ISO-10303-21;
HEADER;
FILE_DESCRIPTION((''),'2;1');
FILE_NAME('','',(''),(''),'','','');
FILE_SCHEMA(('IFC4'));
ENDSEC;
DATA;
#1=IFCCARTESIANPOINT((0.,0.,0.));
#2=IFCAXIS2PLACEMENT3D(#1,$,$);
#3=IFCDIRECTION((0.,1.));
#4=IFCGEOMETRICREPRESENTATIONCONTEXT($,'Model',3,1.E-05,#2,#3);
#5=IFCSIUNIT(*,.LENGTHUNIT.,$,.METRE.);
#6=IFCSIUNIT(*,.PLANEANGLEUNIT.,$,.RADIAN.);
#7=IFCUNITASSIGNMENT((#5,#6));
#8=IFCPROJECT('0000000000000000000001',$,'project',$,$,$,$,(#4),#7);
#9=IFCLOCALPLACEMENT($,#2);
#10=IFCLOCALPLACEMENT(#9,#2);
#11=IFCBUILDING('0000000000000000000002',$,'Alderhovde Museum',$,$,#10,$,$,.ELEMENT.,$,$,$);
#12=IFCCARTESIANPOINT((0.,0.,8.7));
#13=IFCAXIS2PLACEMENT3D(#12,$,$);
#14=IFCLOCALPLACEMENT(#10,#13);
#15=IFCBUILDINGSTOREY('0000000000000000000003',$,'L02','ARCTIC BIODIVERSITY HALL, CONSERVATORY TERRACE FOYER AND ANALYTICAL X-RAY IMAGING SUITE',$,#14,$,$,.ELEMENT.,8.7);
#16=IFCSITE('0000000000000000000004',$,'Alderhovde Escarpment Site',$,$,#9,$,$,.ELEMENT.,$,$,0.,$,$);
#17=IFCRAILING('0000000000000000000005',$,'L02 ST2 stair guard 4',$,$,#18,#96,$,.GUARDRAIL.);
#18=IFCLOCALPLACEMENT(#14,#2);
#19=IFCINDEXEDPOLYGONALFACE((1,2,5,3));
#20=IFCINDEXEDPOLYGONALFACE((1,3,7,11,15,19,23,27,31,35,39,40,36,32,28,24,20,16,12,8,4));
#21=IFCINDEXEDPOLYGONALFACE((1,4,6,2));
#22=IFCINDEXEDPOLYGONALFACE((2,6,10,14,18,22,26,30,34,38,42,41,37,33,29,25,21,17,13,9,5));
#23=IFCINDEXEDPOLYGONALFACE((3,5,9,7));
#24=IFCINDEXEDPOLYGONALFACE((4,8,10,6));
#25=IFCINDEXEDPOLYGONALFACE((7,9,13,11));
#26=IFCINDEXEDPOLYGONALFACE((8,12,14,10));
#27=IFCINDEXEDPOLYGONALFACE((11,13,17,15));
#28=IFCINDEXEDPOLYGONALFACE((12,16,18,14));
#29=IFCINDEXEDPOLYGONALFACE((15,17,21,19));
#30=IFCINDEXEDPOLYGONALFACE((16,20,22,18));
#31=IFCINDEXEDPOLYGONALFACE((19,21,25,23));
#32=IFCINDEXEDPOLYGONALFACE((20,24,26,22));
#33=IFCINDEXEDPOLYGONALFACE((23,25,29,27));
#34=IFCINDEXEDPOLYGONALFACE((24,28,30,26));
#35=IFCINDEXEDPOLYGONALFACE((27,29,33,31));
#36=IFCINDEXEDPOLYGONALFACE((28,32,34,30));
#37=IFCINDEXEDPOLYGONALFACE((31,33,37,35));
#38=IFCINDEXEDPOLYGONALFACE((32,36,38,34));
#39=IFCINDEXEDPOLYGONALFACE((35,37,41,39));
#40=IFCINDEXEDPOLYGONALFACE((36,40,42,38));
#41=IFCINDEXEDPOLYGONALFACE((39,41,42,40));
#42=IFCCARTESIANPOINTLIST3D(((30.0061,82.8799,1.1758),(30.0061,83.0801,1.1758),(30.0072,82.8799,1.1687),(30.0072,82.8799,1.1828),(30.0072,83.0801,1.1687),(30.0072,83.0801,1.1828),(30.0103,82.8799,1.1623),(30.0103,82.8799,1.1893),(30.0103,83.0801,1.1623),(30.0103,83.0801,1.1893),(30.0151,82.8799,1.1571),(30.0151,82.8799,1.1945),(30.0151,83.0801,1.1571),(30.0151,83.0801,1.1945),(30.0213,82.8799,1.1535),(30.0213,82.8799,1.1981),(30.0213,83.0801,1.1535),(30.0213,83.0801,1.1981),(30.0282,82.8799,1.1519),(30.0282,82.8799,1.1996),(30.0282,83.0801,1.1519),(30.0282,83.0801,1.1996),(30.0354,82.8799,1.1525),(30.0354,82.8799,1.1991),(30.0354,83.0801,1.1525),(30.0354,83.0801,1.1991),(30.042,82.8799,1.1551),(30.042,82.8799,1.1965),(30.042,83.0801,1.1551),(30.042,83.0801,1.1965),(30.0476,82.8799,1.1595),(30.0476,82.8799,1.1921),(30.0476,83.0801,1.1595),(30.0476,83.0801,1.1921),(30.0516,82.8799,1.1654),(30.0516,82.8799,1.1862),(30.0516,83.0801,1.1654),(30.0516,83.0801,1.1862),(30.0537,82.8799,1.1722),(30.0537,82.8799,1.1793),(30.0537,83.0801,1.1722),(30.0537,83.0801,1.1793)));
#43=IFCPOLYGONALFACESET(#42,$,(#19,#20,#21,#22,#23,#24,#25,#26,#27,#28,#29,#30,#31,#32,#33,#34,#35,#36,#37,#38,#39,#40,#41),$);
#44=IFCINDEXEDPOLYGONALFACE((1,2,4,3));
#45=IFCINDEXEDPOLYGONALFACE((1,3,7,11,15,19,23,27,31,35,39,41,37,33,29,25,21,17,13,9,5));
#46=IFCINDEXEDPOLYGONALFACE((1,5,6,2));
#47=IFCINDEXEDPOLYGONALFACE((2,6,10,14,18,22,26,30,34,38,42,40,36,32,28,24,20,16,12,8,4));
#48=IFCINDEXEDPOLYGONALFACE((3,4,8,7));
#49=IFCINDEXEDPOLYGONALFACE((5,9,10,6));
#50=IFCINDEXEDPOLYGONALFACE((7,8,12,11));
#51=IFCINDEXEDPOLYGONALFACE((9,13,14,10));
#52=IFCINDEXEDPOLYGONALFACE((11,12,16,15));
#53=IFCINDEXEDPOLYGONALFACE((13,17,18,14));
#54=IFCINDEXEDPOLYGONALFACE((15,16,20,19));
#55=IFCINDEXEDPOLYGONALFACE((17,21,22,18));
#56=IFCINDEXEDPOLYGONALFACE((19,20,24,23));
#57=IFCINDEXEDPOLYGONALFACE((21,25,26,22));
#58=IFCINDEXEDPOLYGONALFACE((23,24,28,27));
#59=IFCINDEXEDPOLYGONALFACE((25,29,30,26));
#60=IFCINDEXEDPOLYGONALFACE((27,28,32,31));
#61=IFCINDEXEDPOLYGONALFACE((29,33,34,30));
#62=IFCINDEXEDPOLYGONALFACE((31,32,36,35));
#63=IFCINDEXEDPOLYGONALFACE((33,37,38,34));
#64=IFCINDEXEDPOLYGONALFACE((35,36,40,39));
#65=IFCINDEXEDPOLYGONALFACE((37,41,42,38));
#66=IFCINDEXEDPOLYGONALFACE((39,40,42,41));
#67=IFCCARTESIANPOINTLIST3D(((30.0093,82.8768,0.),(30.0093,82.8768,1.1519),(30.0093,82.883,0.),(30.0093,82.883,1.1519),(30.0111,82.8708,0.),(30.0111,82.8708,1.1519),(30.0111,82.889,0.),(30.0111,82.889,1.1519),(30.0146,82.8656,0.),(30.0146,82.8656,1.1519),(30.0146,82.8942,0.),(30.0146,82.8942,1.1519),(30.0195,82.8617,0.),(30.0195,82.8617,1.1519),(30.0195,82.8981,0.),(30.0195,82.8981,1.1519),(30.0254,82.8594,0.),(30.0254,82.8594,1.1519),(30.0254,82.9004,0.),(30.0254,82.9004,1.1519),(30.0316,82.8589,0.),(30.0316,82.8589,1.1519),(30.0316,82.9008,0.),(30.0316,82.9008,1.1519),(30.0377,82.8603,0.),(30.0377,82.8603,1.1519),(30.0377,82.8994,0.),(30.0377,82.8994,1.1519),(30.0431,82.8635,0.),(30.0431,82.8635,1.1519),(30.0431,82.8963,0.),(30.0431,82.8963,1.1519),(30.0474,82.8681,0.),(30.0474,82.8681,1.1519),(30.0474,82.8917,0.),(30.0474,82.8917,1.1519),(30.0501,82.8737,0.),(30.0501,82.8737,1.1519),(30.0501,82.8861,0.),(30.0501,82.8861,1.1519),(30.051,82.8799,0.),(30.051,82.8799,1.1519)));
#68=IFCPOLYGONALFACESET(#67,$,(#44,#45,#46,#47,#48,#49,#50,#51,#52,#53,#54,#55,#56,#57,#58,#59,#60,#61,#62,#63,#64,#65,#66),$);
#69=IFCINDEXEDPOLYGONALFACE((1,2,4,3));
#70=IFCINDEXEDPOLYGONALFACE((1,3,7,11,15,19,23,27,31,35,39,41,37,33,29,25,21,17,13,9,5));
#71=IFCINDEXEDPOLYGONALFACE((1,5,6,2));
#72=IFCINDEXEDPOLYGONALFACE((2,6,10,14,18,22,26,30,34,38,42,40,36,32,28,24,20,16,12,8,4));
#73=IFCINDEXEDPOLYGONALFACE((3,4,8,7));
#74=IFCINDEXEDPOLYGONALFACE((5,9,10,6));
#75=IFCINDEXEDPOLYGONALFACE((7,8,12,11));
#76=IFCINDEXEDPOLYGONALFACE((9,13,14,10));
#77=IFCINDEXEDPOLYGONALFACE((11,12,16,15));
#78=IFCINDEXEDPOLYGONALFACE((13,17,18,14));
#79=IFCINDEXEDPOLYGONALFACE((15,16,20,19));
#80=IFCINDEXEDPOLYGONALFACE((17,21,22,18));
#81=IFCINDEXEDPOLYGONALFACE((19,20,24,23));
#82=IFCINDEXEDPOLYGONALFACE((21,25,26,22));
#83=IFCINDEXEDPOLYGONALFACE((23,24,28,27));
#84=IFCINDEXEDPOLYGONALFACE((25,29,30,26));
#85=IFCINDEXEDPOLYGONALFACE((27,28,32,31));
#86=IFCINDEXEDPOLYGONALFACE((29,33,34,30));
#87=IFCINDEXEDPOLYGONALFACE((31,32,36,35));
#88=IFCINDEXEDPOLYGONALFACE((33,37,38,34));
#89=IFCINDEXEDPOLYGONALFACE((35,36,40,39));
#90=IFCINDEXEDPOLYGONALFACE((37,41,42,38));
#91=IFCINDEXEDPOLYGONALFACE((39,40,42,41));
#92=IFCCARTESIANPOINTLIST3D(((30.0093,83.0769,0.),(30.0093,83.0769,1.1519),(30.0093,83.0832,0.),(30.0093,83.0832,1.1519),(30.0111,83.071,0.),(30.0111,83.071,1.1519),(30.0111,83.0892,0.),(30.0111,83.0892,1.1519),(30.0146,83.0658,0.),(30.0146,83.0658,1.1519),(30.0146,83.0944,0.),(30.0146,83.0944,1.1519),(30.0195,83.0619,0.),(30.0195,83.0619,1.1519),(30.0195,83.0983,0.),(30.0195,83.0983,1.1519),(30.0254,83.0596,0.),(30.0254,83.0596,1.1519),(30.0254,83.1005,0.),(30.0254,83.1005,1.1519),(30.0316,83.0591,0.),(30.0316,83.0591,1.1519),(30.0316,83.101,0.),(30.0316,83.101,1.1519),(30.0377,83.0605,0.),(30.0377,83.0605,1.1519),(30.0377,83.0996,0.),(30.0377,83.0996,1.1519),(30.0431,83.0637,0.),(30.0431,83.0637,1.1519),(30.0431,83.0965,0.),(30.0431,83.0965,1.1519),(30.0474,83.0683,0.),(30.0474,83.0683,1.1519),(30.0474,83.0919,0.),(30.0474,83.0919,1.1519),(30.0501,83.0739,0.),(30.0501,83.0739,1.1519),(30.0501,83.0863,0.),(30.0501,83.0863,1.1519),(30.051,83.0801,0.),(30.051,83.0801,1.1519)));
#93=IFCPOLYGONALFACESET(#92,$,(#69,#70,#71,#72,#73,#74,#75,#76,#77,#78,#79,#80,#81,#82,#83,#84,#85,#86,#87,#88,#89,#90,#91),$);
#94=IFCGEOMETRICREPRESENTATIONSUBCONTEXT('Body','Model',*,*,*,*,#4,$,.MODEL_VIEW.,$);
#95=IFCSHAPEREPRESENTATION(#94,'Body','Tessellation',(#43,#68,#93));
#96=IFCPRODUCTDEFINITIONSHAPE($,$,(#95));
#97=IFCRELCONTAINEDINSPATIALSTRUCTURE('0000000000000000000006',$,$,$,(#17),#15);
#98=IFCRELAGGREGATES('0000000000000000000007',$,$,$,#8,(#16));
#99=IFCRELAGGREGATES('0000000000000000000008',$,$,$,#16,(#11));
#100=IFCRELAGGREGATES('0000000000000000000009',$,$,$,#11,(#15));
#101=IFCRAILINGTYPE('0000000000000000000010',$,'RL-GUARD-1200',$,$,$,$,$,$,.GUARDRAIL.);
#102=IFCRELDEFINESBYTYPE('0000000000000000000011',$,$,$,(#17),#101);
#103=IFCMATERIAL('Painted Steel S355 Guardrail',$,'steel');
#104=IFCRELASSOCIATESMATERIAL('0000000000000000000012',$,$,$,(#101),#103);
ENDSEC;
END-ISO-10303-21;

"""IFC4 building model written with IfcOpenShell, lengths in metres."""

from ifc_helpers import new_model, si_unit, direction, frame, origin, origin_2d, place, context, subcontext, project, spatial, circle, extrude, material, type_object, element, save


model = new_model("IFC4")

# Units and contexts
model_context = context("Model", 3, precision=1e-05, world=origin(), true_north=direction((0.0, 1.0)))
body_context = subcontext(model_context, "Body", "Model", "MODEL_VIEW")
ifc_project = project(units=[si_unit("LENGTHUNIT", "METRE"), si_unit("PLANEANGLEUNIT", "RADIAN")], contexts=[model_context])

# Site, building, storey
site_placement = place(None, origin())
site = spatial("IfcSite", under=ifc_project, at=site_placement, Name="Alderhovde Escarpment Site", CompositionType="ELEMENT", RefElevation=0.0)
building_placement = place(site_placement, origin())
building = spatial("IfcBuilding", under=site, at=building_placement, Name="Alderhovde Museum", CompositionType="ELEMENT")
storey_placement = place(building_placement, frame((0.0, 0.0, 8.7)))
storey = spatial("IfcBuildingStorey", under=building, at=storey_placement, Name="L02", Description="ARCTIC BIODIVERSITY HALL, CONSERVATORY TERRACE FOYER AND ANALYTICAL X-RAY IMAGING SUITE", CompositionType="ELEMENT", Elevation=8.7)

# Railing
ifc_material_1 = material(Name="Painted Steel S355 Guardrail", Category="steel")
railing_type_1 = type_object("IfcRailingType", Name="RL-GUARD-1200", PredefinedType="GUARDRAIL", material=ifc_material_1)
railing_1_placement = place(storey_placement, frame((30.03, 82.8799, 0.0)))
element("IfcRailing", 1, at=railing_1_placement, inside=storey, type_object=railing_type_1, Name="L02 ST2 stair guard 4", PredefinedType="GUARDRAIL", context=body_context, shape_type="SweptSolid", body=[
    extrude(circle(Radius=0.0239, at=origin_2d()), frame((0.0, 0.0, 1.1758), z_axis=(0.0, 1.0, 0.0), x_axis=(-1.0, 0.0, 0.0)), (0.0, 0.0, 1.0), 0.2002),
    extrude(circle(Radius=0.021, at=origin_2d()), origin(), (0.0, 0.0, 1.0), 1.1519),
    extrude(circle(Radius=0.021, at=origin_2d()), frame((0.0, 0.2002, 0.0)), (0.0, 0.0, 1.0), 1.1519),
])

save(model, "model.ifc")
